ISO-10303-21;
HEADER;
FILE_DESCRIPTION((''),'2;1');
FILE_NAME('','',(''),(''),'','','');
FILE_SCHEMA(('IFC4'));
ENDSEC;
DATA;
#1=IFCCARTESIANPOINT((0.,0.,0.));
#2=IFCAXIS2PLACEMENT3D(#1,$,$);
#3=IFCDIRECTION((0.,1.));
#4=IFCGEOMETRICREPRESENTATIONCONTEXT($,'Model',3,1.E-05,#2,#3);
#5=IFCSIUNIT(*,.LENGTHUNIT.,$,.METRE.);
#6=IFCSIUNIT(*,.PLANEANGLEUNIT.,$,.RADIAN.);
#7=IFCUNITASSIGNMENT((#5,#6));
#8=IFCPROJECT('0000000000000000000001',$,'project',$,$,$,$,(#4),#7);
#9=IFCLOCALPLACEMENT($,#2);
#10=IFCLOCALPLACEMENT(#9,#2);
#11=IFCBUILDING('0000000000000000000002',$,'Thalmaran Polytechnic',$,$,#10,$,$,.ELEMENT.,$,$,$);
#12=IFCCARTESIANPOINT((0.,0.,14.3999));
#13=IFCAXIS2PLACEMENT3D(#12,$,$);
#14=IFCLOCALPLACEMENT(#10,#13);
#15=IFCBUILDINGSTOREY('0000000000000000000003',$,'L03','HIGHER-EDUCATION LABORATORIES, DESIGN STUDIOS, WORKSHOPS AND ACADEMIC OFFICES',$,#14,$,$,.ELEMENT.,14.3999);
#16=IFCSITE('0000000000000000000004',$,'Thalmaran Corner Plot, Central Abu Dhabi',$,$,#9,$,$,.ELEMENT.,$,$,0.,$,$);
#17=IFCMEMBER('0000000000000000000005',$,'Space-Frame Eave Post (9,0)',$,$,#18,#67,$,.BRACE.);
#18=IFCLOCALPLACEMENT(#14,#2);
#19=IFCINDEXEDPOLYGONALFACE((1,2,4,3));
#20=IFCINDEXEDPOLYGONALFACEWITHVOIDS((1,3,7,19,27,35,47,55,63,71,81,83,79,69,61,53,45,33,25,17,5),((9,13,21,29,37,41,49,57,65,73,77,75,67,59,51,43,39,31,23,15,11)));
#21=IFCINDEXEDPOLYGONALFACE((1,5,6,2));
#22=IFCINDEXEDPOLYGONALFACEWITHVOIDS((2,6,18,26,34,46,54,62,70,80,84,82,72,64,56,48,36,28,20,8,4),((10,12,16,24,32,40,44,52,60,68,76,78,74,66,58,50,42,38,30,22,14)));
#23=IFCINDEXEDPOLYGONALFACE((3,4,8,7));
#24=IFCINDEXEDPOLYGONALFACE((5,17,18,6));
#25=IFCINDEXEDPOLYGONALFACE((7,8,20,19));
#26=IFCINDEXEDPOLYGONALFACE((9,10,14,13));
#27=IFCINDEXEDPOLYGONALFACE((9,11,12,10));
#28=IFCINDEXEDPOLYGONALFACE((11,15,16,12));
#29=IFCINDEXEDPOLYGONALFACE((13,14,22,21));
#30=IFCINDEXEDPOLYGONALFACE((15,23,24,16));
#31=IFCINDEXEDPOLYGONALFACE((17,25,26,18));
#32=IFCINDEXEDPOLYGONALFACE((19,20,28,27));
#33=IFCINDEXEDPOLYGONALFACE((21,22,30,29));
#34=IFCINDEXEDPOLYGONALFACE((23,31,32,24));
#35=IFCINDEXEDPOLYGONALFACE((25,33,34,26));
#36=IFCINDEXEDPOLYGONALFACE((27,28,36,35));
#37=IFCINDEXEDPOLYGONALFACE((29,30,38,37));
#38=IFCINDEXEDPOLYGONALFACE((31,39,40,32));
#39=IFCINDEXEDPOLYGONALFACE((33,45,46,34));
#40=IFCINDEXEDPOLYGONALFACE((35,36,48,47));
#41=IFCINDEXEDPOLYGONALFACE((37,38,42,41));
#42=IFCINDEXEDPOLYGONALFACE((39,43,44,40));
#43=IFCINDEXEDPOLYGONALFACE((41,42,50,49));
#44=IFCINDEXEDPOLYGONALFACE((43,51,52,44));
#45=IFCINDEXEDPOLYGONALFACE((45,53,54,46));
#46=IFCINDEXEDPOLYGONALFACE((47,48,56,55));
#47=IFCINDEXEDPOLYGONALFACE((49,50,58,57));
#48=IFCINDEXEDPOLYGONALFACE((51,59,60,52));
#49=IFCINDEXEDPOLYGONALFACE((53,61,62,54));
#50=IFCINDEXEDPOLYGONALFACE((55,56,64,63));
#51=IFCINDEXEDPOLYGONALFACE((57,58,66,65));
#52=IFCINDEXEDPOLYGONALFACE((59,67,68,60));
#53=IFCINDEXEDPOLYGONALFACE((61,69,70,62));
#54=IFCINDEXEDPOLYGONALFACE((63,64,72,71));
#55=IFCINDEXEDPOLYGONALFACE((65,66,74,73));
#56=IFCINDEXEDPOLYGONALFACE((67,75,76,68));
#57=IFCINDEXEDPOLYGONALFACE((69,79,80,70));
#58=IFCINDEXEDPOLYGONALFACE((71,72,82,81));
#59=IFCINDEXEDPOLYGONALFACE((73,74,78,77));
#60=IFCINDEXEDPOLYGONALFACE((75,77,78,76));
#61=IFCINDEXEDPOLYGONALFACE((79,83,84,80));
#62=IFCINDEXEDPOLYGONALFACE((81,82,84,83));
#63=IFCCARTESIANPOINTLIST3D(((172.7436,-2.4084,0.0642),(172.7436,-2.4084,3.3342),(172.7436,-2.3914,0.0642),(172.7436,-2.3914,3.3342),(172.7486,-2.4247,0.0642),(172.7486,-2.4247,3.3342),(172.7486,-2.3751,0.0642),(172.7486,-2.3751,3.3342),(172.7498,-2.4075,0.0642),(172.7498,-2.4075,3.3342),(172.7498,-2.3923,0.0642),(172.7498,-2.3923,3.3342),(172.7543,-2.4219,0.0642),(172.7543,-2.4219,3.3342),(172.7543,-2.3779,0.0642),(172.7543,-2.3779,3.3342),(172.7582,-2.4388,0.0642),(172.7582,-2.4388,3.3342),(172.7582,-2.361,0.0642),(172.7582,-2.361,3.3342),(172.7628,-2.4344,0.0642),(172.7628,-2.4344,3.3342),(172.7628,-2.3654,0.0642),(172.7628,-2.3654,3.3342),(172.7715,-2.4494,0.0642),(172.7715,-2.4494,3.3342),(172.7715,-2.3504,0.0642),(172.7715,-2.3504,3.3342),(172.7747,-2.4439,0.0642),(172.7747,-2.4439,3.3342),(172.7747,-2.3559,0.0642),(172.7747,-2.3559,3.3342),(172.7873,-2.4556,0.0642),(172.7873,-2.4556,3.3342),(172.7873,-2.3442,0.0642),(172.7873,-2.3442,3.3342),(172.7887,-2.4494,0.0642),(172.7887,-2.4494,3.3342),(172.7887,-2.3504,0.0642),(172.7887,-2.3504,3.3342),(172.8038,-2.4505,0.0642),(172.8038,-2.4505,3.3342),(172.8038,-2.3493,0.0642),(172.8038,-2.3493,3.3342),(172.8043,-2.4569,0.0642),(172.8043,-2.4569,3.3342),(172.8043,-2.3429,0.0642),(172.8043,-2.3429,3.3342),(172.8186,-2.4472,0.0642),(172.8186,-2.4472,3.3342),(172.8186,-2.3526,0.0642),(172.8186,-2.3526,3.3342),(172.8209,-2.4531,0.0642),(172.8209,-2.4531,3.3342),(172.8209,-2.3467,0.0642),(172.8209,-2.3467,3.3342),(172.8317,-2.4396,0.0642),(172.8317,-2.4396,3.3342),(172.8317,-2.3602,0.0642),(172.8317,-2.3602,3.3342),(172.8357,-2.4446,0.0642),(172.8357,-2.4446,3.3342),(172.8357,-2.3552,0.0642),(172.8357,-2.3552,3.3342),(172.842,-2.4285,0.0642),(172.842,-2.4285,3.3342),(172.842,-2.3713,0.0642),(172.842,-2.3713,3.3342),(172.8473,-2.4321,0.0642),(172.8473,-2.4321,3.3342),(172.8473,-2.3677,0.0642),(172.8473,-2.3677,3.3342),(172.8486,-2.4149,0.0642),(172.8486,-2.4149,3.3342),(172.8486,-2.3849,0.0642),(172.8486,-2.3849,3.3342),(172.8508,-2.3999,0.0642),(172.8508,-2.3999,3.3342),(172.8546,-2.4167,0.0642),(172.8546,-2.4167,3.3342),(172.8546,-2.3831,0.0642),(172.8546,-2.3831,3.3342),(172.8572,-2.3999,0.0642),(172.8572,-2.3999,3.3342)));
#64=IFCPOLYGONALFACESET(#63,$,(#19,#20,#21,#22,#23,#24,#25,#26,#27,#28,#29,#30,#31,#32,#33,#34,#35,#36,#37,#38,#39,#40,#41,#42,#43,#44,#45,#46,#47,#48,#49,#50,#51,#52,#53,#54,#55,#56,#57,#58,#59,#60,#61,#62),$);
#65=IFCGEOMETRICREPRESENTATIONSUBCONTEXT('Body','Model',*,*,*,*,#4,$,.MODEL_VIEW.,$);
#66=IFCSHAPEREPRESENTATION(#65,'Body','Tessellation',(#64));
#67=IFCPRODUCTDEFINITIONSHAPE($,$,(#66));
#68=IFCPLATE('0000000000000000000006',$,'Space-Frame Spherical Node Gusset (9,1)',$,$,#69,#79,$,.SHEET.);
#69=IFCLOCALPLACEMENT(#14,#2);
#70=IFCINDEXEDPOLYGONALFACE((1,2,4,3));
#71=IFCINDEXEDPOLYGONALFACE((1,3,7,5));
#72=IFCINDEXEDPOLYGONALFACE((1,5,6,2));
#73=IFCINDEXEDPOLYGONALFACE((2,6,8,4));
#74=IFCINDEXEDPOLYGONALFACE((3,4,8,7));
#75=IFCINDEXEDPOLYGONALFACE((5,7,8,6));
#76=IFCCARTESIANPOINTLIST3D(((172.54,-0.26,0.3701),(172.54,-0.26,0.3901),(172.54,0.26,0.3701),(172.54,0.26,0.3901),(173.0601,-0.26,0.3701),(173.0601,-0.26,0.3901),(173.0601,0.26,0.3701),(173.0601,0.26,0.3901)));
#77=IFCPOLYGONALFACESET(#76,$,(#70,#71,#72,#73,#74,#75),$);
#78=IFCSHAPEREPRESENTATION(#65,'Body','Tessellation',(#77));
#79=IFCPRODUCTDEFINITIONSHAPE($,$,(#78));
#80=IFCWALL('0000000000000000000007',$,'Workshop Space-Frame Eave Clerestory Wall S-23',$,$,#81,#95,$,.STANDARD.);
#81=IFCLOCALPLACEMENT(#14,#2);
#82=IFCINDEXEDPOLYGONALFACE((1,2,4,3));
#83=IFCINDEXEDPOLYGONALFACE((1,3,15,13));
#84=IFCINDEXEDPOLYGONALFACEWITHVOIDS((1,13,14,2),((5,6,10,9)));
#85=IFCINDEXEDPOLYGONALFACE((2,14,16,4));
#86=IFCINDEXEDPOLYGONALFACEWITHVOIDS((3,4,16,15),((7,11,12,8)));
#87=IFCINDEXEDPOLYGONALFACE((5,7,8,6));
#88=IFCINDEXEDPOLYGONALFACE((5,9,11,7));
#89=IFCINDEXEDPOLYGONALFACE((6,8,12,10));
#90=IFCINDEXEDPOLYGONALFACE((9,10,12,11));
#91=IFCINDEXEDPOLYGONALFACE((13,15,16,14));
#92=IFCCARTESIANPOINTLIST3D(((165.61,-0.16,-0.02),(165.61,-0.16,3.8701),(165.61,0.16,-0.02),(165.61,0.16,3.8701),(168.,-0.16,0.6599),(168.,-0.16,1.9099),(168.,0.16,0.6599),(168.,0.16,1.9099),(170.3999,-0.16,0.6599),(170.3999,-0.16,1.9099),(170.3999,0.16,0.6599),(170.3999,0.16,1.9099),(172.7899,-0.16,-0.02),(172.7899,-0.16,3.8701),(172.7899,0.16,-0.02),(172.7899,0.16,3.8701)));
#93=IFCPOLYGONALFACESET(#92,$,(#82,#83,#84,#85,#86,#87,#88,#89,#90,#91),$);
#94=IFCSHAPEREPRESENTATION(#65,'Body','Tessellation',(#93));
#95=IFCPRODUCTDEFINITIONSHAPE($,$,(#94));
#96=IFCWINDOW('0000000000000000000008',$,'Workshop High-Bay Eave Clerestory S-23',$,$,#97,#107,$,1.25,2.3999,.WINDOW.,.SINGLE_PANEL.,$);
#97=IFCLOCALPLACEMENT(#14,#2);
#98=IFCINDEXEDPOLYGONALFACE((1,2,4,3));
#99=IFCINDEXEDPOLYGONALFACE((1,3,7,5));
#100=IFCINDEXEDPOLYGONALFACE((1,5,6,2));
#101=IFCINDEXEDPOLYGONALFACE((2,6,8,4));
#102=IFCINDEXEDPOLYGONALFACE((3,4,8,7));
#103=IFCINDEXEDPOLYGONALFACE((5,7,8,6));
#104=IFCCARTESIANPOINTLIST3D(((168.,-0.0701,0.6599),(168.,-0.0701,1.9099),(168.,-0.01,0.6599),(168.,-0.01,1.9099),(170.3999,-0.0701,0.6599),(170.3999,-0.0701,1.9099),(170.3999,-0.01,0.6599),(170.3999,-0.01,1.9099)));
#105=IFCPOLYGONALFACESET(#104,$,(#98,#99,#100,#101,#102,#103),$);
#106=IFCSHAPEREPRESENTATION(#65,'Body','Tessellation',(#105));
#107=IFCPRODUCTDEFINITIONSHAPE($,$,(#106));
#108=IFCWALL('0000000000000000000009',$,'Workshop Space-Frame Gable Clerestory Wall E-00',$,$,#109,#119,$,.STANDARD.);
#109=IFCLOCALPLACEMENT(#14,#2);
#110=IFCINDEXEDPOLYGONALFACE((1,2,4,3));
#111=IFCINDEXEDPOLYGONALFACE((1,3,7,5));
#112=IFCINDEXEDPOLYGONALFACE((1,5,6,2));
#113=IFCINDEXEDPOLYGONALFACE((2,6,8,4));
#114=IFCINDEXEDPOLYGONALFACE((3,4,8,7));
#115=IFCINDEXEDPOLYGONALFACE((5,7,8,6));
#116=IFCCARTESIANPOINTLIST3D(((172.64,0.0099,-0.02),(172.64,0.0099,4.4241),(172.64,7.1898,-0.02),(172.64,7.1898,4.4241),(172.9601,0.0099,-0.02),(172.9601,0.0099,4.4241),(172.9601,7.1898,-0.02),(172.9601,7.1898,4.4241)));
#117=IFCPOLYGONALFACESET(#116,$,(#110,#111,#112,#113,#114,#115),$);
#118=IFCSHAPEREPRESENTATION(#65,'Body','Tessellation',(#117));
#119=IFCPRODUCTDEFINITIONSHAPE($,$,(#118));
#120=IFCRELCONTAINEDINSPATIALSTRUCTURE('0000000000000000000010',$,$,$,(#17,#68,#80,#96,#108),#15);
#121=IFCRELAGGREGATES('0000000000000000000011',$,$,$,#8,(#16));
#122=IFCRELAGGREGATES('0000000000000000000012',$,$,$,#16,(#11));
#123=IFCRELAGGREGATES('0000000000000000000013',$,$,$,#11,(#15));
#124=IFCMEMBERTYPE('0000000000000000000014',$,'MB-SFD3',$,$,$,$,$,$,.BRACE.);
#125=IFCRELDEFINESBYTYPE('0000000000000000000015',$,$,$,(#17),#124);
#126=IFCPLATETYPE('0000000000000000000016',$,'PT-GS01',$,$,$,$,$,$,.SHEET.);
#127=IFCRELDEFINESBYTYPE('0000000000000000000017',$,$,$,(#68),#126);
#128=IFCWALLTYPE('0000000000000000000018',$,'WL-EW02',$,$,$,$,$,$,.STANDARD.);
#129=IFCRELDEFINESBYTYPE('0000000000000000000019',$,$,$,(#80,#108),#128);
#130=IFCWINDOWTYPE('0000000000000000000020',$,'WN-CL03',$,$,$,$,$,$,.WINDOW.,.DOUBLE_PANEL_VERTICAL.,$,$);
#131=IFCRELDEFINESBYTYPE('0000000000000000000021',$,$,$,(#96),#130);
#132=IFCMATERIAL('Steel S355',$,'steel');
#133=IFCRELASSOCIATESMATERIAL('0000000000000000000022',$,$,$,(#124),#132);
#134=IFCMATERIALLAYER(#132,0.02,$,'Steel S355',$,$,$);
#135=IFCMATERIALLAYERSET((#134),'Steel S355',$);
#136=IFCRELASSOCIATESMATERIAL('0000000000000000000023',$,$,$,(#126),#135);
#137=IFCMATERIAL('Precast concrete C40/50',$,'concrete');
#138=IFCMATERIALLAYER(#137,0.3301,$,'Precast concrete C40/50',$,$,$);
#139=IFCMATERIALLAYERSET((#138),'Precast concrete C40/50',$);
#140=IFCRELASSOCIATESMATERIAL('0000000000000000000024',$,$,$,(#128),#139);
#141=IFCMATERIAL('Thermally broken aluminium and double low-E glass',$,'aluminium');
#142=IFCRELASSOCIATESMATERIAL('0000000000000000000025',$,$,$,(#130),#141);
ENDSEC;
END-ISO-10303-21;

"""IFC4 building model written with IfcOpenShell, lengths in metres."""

from ifc_helpers import new_model, si_unit, direction, frame, frame_2d, origin, origin_2d, place, context, subcontext, project, spatial, rectangle, hollow_circle, extrude, material, layer, layer_set, material_profile, profile_set, type_object, element, fill, save


model = new_model("IFC4")

# Units and contexts
model_context = context("Model", 3, precision=1e-05, world=origin(), true_north=direction((0.0, 1.0)))
body_context = subcontext(model_context, "Body", "Model", "MODEL_VIEW")
ifc_project = project(units=[si_unit("LENGTHUNIT", "METRE"), si_unit("PLANEANGLEUNIT", "RADIAN")], contexts=[model_context])

# Site, building, storey
site_placement = place(None, origin())
site = spatial("IfcSite", under=ifc_project, at=site_placement, Name="Thalmaran Corner Plot, Central Abu Dhabi", CompositionType="ELEMENT", RefElevation=0.0)
building_placement = place(site_placement, origin())
building = spatial("IfcBuilding", under=site, at=building_placement, Name="Thalmaran Polytechnic", CompositionType="ELEMENT")
storey_placement = place(building_placement, frame((0.0, 0.0, 14.3999)))
storey = spatial("IfcBuildingStorey", under=building, at=storey_placement, Name="L03", Description="HIGHER-EDUCATION LABORATORIES, DESIGN STUDIOS, WORKSHOPS AND ACADEMIC OFFICES", CompositionType="ELEMENT", Elevation=14.3999)

# Shared definitions
ifc_material_1 = material(Name="Steel S355", Category="steel")

# Member
ifc_material_profile_1 = material_profile(ifc_material_1, hollow_circle(Radius=0.0571, WallThickness=0.0063, at=origin_2d()), Name="CHS 114.3x6.3")
ifc_profile_set_1 = profile_set([ifc_material_profile_1], Name="Steel S355")
member_type_1 = type_object("IfcMemberType", Name="MB-SFD3", PredefinedType="BRACE", material=ifc_profile_set_1)
member_1_placement = place(storey_placement, frame((172.8, -2.3999, 0.0642), z_axis=(0.0, 0.0, 1.0), x_axis=(1.0, 0.0, 0.0)))
element("IfcMember", 1, at=member_1_placement, inside=storey, type_object=member_type_1, Name="Space-Frame Eave Post (9,0)", PredefinedType="BRACE", context=body_context, shape_type="SweptSolid", body=[
    extrude(hollow_circle(Radius=0.0571, WallThickness=0.0063, at=origin_2d()), origin(), (0.0, 0.0, 1.0), 3.27),
])

# Plate
ifc_layer_1 = layer(ifc_material_1, 0.02, Name="Steel S355")
ifc_layer_set_1 = layer_set([ifc_layer_1], Name="Steel S355")
plate_type = type_object("IfcPlateType", Name="PT-GS01", PredefinedType="SHEET", material=ifc_layer_set_1)
plate_placement = place(storey_placement, frame((172.8, 0.0, 0.3701), z_axis=(0.0, 0.0, 1.0), x_axis=(1.0, 0.0, 0.0)))
element("IfcPlate", 2, at=plate_placement, inside=storey, type_object=plate_type, Name="Space-Frame Spherical Node Gusset (9,1)", PredefinedType="SHEET", context=body_context, shape_type="SweptSolid", body=[
    extrude(rectangle(XDim=0.52, YDim=0.52, at=origin_2d()), origin(), (0.0, 0.0, 1.0), 0.02),
])

# Wall, opening, window
ifc_material_2 = material(Name="Precast concrete C40/50", Category="concrete")
ifc_layer_2 = layer(ifc_material_2, 0.3301, Name="Precast concrete C40/50")
ifc_layer_set_2 = layer_set([ifc_layer_2], Name="Precast concrete C40/50")
wall_type = type_object("IfcWallType", Name="WL-EW02", PredefinedType="STANDARD", material=ifc_layer_set_2)
wall_1_placement = place(storey_placement, frame((165.6101, 0.0, -0.02), z_axis=(0.0, 0.0, 1.0), x_axis=(1.0, 0.0, 0.0)))
wall_1 = element("IfcWall", 3, at=wall_1_placement, inside=storey, type_object=wall_type, Name="Workshop Space-Frame Eave Clerestory Wall S-23", PredefinedType="STANDARD", context=body_context, shape_type="SweptSolid", body=[
    extrude(rectangle(XDim=7.1799, YDim=0.3201, at=frame_2d((3.5898, 0.0))), origin(), (0.0, 0.0, 1.0), 3.8901),
])
opening_placement = place(wall_1_placement, frame((2.3899, 0.0, 0.6799)))
opening = element("IfcOpeningElement", 4, at=opening_placement, cuts=wall_1, PredefinedType="OPENING", context=body_context, shape_type="SweptSolid", body=[
    extrude(rectangle(XDim=2.3999, YDim=1.25, at=frame_2d((1.2, 0.625))), frame((0.0, 0.1699, 0.0), z_axis=(0.0, -1.0, 0.0), x_axis=(1.0, 0.0, 0.0)), (0.0, 0.0, 1.0), 0.3401),
])
ifc_material_3 = material(Name="Thermally broken aluminium and double low-E glass", Category="aluminium")
window_type = type_object("IfcWindowType", Name="WN-CL03", PartitioningType="DOUBLE_PANEL_VERTICAL", PredefinedType="WINDOW", material=ifc_material_3)
window_placement = place(opening_placement, origin())
window = element("IfcWindow", 5, at=window_placement, inside=storey, type_object=window_type, Name="Workshop High-Bay Eave Clerestory S-23", OverallHeight=1.25, OverallWidth=2.3999, PartitioningType="SINGLE_PANEL", PredefinedType="WINDOW", context=body_context, shape_type="SweptSolid", body=[
    extrude(rectangle(XDim=2.3999, YDim=1.25, at=frame_2d((1.2, 0.625))), frame((0.0, -0.01, 0.0), z_axis=(0.0, -1.0, 0.0), x_axis=(1.0, 0.0, 0.0)), (0.0, 0.0, 1.0), 0.0601),
])
fill(opening, window)

# Wall
wall_2_placement = place(storey_placement, frame((172.8, 0.01, -0.02), z_axis=(0.0, 0.0, 1.0), x_axis=(0.0, 1.0, 0.0)))
element("IfcWall", 6, at=wall_2_placement, inside=storey, type_object=wall_type, Name="Workshop Space-Frame Gable Clerestory Wall E-00", PredefinedType="STANDARD", context=body_context, shape_type="SweptSolid", body=[
    extrude(rectangle(XDim=7.1799, YDim=0.3201, at=frame_2d((3.5898, 0.0))), origin(), (0.0, 0.0, 1.0), 4.4441),
])

save(model, "model.ifc")
